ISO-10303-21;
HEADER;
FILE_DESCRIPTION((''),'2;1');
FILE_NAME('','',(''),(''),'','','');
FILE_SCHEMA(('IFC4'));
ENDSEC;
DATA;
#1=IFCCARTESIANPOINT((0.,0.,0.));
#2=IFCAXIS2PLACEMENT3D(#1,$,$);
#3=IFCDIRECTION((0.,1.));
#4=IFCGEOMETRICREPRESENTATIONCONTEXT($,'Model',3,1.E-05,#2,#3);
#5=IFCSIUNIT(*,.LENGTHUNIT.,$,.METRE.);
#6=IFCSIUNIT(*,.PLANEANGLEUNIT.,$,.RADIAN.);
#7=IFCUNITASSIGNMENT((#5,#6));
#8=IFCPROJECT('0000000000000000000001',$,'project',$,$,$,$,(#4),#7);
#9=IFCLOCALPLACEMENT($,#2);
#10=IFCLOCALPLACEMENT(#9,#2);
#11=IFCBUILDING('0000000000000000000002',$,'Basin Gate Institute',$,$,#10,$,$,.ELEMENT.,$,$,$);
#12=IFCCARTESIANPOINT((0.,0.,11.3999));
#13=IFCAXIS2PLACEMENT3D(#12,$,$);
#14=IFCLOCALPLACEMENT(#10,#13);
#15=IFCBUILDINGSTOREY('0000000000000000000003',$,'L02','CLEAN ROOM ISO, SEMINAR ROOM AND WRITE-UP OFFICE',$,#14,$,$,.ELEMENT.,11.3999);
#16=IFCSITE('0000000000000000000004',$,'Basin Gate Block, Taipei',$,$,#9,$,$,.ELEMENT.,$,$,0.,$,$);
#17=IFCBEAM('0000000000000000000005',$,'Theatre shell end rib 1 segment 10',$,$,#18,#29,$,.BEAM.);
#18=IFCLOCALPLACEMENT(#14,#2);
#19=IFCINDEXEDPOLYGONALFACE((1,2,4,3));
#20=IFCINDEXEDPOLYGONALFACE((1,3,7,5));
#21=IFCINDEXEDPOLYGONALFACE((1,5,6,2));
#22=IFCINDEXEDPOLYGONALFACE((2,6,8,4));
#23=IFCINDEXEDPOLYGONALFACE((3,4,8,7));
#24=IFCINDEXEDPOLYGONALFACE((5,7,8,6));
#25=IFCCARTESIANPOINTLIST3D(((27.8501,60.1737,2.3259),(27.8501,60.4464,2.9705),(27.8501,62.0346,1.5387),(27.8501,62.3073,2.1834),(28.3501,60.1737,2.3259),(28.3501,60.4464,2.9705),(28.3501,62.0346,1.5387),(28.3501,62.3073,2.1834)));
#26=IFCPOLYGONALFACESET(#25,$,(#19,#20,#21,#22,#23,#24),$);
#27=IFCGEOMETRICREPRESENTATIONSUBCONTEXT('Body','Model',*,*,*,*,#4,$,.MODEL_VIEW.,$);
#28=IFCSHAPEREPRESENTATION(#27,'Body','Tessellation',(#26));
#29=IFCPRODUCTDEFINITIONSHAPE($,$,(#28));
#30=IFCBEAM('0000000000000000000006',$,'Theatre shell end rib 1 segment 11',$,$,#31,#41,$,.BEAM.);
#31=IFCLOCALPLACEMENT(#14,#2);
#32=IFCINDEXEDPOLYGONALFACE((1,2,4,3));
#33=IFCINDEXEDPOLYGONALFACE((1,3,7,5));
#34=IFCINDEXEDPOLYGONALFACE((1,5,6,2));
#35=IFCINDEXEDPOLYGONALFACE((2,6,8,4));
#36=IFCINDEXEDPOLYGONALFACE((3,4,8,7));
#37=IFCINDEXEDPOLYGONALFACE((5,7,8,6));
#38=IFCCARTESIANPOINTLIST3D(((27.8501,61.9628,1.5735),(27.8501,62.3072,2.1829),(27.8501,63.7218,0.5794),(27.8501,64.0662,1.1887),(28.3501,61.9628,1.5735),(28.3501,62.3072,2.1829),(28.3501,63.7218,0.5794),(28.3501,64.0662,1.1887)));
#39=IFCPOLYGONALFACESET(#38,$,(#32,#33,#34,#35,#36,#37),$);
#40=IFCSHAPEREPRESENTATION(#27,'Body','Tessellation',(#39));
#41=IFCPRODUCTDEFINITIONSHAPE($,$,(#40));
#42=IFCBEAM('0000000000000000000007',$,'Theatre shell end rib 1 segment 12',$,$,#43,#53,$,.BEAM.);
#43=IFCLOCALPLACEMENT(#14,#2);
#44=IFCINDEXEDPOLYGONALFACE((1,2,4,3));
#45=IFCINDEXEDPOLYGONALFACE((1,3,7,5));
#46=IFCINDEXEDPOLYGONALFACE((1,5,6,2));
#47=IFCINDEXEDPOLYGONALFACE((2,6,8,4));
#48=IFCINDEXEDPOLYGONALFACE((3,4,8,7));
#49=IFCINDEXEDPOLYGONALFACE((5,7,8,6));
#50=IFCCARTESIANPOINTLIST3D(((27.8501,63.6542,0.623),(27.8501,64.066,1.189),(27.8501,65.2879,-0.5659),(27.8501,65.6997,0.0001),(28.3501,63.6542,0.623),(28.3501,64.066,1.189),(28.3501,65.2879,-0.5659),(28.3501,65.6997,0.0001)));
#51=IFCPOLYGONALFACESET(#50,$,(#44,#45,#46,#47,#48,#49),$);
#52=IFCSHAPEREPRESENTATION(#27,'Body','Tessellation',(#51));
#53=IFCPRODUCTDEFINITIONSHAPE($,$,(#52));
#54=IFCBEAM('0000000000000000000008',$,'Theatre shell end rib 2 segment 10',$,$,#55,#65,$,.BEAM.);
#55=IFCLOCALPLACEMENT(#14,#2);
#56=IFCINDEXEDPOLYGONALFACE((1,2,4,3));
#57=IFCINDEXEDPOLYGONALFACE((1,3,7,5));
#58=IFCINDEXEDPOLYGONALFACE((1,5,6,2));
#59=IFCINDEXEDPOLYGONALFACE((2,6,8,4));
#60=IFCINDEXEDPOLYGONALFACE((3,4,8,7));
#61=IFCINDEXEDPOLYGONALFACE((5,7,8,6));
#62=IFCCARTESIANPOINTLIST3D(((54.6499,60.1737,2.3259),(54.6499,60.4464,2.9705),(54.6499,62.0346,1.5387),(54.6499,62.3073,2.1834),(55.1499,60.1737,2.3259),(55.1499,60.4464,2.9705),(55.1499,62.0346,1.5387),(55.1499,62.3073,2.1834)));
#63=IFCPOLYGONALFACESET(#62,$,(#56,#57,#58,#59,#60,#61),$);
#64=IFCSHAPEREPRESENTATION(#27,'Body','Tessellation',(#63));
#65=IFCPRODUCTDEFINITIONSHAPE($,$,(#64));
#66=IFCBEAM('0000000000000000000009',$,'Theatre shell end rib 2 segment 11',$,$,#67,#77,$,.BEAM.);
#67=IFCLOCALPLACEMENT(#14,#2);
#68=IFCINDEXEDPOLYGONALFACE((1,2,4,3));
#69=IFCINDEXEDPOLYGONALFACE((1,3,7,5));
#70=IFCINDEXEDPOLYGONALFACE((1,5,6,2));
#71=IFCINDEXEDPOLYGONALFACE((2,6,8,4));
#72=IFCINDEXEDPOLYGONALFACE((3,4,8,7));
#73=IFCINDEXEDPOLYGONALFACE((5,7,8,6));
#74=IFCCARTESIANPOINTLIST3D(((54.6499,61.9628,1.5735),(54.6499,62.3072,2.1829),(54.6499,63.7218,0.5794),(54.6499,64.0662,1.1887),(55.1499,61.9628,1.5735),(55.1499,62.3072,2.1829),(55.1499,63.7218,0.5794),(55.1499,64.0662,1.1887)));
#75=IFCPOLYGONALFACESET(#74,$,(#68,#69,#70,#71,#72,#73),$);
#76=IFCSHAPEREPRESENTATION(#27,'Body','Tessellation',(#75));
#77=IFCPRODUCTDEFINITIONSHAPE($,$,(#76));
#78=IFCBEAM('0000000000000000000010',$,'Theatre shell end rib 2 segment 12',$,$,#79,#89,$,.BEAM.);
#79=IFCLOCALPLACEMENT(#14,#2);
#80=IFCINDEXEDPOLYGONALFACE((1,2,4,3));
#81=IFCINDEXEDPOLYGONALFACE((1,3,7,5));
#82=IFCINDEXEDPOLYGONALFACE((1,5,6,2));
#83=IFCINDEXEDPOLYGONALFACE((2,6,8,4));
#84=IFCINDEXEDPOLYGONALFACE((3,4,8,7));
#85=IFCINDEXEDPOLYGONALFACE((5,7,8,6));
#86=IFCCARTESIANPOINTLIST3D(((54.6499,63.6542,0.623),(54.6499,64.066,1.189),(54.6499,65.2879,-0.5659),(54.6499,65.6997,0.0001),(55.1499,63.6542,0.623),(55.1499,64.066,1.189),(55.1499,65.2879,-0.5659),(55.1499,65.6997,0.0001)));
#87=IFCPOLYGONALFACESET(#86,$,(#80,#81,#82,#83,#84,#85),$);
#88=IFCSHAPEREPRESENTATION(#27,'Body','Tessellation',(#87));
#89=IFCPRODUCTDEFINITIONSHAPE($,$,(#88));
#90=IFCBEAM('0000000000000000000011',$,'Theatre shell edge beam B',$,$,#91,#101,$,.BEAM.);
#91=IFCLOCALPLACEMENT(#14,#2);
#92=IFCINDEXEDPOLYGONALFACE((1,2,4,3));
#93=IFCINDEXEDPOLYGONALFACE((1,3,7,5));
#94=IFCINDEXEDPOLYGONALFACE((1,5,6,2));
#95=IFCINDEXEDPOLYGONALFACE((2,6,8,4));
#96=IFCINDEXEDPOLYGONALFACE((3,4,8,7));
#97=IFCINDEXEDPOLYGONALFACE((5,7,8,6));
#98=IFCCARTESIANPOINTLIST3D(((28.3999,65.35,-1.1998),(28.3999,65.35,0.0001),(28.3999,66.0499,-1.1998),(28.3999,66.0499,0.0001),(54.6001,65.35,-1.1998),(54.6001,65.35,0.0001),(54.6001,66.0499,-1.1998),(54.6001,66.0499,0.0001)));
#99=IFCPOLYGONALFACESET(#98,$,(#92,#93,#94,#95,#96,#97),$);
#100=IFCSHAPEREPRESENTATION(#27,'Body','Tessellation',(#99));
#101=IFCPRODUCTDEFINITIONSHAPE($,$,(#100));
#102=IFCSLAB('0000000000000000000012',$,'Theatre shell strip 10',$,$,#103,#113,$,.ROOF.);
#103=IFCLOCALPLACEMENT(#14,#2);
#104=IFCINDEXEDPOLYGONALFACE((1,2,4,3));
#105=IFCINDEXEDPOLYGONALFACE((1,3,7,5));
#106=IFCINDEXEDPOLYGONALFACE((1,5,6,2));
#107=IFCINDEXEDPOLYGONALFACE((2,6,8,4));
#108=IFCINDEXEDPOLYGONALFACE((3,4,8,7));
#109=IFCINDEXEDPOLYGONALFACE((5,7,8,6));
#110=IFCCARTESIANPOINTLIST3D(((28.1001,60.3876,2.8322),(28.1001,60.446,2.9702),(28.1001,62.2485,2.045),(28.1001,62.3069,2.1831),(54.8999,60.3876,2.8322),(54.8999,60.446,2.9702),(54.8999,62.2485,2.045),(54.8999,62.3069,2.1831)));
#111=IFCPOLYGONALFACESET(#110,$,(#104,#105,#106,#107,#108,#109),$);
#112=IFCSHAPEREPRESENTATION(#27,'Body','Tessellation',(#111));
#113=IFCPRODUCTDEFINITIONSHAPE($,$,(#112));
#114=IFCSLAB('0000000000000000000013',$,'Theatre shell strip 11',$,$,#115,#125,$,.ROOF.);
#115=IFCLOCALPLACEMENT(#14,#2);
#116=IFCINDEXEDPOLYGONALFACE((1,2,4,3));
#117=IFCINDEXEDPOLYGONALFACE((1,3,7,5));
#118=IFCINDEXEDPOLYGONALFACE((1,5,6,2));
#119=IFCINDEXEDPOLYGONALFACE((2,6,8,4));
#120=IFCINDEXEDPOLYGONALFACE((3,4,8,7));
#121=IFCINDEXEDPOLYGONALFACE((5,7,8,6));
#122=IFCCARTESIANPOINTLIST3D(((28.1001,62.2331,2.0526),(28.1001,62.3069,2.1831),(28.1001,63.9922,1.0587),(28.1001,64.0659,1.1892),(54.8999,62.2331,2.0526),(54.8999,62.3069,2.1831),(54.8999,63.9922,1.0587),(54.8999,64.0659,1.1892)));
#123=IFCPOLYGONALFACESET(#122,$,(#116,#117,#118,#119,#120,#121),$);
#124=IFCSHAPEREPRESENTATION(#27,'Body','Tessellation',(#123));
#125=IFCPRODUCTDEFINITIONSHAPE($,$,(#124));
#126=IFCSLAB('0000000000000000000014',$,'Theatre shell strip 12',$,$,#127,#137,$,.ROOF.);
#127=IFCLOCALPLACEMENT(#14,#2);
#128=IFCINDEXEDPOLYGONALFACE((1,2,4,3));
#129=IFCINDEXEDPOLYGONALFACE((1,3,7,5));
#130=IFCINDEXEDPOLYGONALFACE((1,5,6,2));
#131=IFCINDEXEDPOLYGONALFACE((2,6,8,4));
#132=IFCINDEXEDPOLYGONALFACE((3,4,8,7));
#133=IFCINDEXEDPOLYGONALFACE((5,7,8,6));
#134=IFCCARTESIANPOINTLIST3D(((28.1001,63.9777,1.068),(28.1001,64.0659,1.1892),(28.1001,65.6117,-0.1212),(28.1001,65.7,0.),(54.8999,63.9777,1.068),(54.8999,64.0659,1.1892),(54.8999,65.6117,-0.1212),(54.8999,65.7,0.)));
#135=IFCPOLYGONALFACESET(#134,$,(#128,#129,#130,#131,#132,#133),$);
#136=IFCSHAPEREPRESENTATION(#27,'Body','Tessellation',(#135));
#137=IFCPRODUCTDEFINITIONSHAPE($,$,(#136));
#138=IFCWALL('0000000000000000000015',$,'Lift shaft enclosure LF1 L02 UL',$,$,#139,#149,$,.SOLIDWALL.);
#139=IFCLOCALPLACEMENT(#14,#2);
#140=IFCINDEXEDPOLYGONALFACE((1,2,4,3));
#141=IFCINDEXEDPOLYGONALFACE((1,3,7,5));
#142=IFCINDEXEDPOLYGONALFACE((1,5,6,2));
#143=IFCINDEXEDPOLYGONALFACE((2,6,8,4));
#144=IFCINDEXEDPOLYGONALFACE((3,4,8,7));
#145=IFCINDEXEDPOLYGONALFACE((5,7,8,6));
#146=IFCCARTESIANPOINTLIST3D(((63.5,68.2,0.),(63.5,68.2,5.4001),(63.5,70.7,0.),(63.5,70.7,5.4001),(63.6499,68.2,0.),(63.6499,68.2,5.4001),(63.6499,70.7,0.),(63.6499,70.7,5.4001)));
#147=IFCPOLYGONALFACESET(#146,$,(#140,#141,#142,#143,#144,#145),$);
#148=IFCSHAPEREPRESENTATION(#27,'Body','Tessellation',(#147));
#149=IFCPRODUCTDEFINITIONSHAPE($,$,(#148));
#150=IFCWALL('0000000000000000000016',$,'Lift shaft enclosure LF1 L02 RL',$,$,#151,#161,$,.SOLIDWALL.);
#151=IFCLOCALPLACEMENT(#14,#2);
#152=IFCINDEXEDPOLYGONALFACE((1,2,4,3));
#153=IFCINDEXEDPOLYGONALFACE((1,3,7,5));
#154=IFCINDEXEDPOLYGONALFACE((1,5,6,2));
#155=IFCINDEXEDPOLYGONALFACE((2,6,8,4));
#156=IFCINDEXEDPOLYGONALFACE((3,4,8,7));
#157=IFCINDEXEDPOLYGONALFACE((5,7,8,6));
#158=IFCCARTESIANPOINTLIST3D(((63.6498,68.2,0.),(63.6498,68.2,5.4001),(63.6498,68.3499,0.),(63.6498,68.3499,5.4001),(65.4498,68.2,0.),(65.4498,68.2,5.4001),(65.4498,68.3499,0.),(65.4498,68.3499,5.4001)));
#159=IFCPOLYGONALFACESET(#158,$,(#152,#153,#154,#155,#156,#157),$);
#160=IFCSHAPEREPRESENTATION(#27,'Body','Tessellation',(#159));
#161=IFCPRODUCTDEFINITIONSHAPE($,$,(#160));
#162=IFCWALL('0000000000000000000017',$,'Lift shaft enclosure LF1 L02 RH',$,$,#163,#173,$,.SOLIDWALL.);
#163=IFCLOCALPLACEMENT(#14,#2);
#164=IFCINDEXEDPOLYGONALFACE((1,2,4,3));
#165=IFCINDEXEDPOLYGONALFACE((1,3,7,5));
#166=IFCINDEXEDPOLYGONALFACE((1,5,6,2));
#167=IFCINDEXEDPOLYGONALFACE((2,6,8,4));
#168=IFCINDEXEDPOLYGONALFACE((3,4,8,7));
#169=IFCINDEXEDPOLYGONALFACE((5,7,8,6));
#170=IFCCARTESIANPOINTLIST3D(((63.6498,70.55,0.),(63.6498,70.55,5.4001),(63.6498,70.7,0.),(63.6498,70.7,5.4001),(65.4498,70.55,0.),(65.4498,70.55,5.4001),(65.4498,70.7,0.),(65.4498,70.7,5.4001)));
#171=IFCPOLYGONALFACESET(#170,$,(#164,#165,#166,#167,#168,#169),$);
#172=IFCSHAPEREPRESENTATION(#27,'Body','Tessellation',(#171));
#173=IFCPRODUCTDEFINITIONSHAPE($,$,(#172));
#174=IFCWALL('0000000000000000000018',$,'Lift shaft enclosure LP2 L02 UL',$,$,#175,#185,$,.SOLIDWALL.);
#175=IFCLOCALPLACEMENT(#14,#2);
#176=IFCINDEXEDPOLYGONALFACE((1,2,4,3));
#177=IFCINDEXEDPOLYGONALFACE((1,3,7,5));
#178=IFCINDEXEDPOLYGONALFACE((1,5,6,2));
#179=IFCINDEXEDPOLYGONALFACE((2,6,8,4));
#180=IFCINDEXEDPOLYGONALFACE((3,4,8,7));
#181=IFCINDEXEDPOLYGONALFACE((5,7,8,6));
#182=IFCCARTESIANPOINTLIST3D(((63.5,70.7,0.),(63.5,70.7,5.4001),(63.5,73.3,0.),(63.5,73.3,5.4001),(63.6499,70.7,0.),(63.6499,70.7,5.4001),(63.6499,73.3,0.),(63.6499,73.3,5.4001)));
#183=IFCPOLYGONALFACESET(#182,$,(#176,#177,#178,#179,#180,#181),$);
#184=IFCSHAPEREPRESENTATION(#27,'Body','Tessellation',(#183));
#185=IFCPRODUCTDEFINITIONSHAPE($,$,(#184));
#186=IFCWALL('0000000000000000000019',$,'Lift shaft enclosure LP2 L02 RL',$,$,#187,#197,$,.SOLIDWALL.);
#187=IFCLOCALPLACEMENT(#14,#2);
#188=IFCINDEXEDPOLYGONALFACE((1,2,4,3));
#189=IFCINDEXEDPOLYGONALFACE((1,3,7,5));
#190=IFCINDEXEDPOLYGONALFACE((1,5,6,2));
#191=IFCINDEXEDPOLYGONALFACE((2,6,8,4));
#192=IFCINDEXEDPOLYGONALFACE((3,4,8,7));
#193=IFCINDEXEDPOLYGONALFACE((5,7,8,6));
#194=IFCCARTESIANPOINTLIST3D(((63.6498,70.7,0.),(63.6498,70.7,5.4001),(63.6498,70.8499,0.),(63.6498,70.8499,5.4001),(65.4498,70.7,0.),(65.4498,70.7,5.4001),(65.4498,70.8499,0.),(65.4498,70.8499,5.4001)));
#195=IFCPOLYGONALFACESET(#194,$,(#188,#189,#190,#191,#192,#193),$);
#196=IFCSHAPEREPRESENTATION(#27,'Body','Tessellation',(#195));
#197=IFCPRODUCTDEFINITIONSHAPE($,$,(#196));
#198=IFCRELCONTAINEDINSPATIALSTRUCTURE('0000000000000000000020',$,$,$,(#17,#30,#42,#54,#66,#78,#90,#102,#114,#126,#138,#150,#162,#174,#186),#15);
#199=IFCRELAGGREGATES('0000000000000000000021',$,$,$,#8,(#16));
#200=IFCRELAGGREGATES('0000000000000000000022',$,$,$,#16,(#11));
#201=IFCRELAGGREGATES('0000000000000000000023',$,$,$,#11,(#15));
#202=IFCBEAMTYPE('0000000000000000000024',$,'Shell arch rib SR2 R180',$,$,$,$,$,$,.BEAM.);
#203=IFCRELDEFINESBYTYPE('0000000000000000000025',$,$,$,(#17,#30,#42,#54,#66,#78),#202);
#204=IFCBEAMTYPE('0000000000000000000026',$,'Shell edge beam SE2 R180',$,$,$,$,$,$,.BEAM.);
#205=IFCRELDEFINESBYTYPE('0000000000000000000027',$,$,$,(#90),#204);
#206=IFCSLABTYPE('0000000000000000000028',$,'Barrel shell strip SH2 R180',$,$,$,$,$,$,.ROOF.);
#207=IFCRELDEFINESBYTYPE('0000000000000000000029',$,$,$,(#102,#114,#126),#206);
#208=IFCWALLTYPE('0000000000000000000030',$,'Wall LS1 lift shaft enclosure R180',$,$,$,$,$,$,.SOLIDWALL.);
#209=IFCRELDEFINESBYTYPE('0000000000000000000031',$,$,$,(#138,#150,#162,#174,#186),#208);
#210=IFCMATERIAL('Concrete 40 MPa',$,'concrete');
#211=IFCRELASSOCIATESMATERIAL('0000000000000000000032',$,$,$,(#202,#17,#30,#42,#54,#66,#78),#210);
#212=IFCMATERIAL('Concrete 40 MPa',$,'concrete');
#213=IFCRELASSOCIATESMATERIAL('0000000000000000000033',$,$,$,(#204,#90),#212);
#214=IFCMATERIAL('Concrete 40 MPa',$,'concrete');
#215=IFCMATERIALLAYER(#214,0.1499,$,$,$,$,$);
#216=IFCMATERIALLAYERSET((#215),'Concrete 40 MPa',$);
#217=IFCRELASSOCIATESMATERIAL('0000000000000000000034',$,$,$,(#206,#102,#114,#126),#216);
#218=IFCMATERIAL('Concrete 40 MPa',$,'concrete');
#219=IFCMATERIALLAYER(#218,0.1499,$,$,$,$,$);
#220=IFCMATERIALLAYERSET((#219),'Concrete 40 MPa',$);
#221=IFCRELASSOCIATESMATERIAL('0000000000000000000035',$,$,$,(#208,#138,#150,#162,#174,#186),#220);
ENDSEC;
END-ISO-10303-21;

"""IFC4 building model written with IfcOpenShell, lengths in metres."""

from ifc_helpers import new_model, si_unit, direction, frame, frame_2d, origin, origin_2d, place, context, subcontext, project, spatial, polyline, rectangle, outline, extrude, material, layer, layer_set, material_profile, profile_set, type_object, element, save


model = new_model("IFC4")

# Units and contexts
model_context = context("Model", 3, precision=1e-05, world=origin(), true_north=direction((0.0, 1.0)))
body_context = subcontext(model_context, "Body", "Model", "MODEL_VIEW")
ifc_project = project(units=[si_unit("LENGTHUNIT", "METRE"), si_unit("PLANEANGLEUNIT", "RADIAN")], contexts=[model_context])

# Site, building, storey
site_placement = place(None, origin())
site = spatial("IfcSite", under=ifc_project, at=site_placement, Name="Basin Gate Block, Taipei", CompositionType="ELEMENT", RefElevation=0.0)
building_placement = place(site_placement, origin())
building = spatial("IfcBuilding", under=site, at=building_placement, Name="Basin Gate Institute", CompositionType="ELEMENT")
storey_placement = place(building_placement, frame((0.0, 0.0, 11.3999)))
storey = spatial("IfcBuildingStorey", under=building, at=storey_placement, Name="L02", Description="CLEAN ROOM ISO, SEMINAR ROOM AND WRITE-UP OFFICE", CompositionType="ELEMENT", Elevation=11.3999)

# Beams
ifc_material_1 = material(Name="Concrete 40 MPa", Category="concrete")
ifc_material_profile_1 = material_profile(ifc_material_1, rectangle(XDim=0.5, YDim=0.7, at=origin_2d()), Name="Shell arch rib SR2 500 x 700")
ifc_profile_set_1 = profile_set([ifc_material_profile_1], Name="Concrete 40 MPa")
beam_type_1 = type_object("IfcBeamType", Name="Shell arch rib SR2 R180", PredefinedType="BEAM", material=ifc_profile_set_1)
for number, where, z_axis, x_axis, name in (
    (1, (28.1001, 60.3101, 2.6482), (0.0, 0.920997, -0.389569), (-1.0, 0.0, 0.0), "Theatre shell end rib 1 segment 10"),
    (2, (28.1001, 62.135, 1.8782), (0.0, 0.870583, -0.492021), (-1.0, 0.0, 0.0), "Theatre shell end rib 1 segment 11"),
    (3, (28.1001, 63.8601, 0.906), (0.0, 0.808558, -0.588416), (-1.0, 0.0, 0.0), "Theatre shell end rib 1 segment 12"),
    (4, (54.8999, 60.3101, 2.6482), (0.0, 0.920997, -0.389569), (-1.0, 0.0, 0.0), "Theatre shell end rib 2 segment 10"),
    (5, (54.8999, 62.135, 1.8782), (0.0, 0.870583, -0.492021), (-1.0, 0.0, 0.0), "Theatre shell end rib 2 segment 11"),
    (6, (54.8999, 63.8601, 0.906), (0.0, 0.808558, -0.588416), (-1.0, 0.0, 0.0), "Theatre shell end rib 2 segment 12"),
):
    element("IfcBeam", number, at=place(storey_placement, frame(where, z_axis=z_axis, x_axis=x_axis)), inside=storey, type_object=beam_type_1, material=ifc_profile_set_1, Name=name, PredefinedType="BEAM", context=body_context, shape_type="SweptSolid", body=[
        extrude(rectangle(XDim=0.5, YDim=0.7, at=origin_2d()), origin(), (0.0, 0.0, 1.0), 2.0205),
    ])
ifc_material_2 = material(Name="Concrete 40 MPa", Category="concrete")
ifc_material_profile_2 = material_profile(ifc_material_2, rectangle(XDim=0.7, YDim=1.2, at=origin_2d()), Name="Shell edge beam SE2 700 x 1200")
ifc_profile_set_2 = profile_set([ifc_material_profile_2], Name="Concrete 40 MPa")
beam_type_2 = type_object("IfcBeamType", Name="Shell edge beam SE2 R180", PredefinedType="BEAM", material=ifc_profile_set_2)
beam_placement = place(storey_placement, frame((28.3999, 65.7, -0.5999), z_axis=(1.0, 0.0, 0.0), x_axis=(0.0, 1.0, 0.0)))
element("IfcBeam", 7, at=beam_placement, inside=storey, type_object=beam_type_2, material=ifc_profile_set_2, Name="Theatre shell edge beam B", PredefinedType="BEAM", context=body_context, shape_type="SweptSolid", body=[
    extrude(rectangle(XDim=0.7, YDim=1.2, at=origin_2d()), origin(), (0.0, 0.0, 1.0), 26.2002),
])

# Slabs
ifc_material_3 = material(Name="Concrete 40 MPa", Category="concrete")
ifc_layer_1 = layer(ifc_material_3, 0.1499)
ifc_layer_set_1 = layer_set([ifc_layer_1], Name="Concrete 40 MPa")
slab_type = type_object("IfcSlabType", Name="Barrel shell strip SH2 R180", PredefinedType="ROOF", material=ifc_layer_set_1)
slab_1_placement = place(storey_placement, frame((28.1001, 60.446, 2.9702), z_axis=(0.0, 0.389569, 0.920997), x_axis=(0.0, 0.920997, -0.389569)))
element("IfcSlab", 8, at=slab_1_placement, inside=storey, type_object=slab_type, material=ifc_layer_set_1, Name="Theatre shell strip 10", PredefinedType="ROOF", context=body_context, shape_type="SweptSolid", body=[
    extrude(outline(polyline([(0.0, 0.0), (2.0205, 0.0), (2.0205, -26.7998), (0.0, -26.7998), (0.0, 0.0)])), origin(), (0.0, 0.0, -1.0), 0.1499),
])
slab_2_placement = place(storey_placement, frame((28.1001, 62.3069, 2.1831), z_axis=(0.0, 0.49193, 0.870635), x_axis=(0.0, 0.870635, -0.49193)))
element("IfcSlab", 9, at=slab_2_placement, inside=storey, type_object=slab_type, material=ifc_layer_set_1, Name="Theatre shell strip 11", PredefinedType="ROOF", context=body_context, shape_type="SweptSolid", body=[
    extrude(outline(polyline([(0.0, 0.0), (2.0204, 0.0), (2.0204, -26.7998), (0.0, -26.7998), (0.0, 0.0)])), origin(), (0.0, 0.0, -1.0), 0.1499),
])
slab_3_placement = place(storey_placement, frame((28.1001, 64.0659, 1.1892), z_axis=(0.0, 0.588437, 0.808543), x_axis=(0.0, 0.808543, -0.588437)))
element("IfcSlab", 10, at=slab_3_placement, inside=storey, type_object=slab_type, material=ifc_layer_set_1, Name="Theatre shell strip 12", PredefinedType="ROOF", context=body_context, shape_type="SweptSolid", body=[
    extrude(outline(polyline([(0.0, 0.0), (2.021, 0.0), (2.021, -26.7998), (0.0, -26.7998), (0.0, 0.0)])), origin(), (0.0, 0.0, -1.0), 0.1499),
])

# Walls
ifc_material_4 = material(Name="Concrete 40 MPa", Category="concrete")
ifc_layer_2 = layer(ifc_material_4, 0.1499)
ifc_layer_set_2 = layer_set([ifc_layer_2], Name="Concrete 40 MPa")
wall_type_1 = type_object("IfcWallType", Name="Wall LS1 lift shaft enclosure R180", PredefinedType="SOLIDWALL", material=ifc_layer_set_2)
wall_1_placement = place(storey_placement, frame((63.575, 68.2, 0.0), z_axis=(0.0, 0.0, 1.0), x_axis=(0.0, 1.0, 0.0)))
element("IfcWall", 11, at=wall_1_placement, inside=storey, type_object=wall_type_1, material=ifc_layer_set_2, Name="Lift shaft enclosure LF1 L02 UL", PredefinedType="SOLIDWALL", context=body_context, shape_type="SweptSolid", body=[
    extrude(rectangle(XDim=2.5, YDim=0.1499, at=frame_2d((1.25, 0.0))), origin(), (0.0, 0.0, 1.0), 5.4001),
])
for number, where, z_axis, x_axis, name in (
    (12, (63.6499, 68.2749, 0.0), (0.0, 0.0, 1.0), (1.0, 0.0, 0.0), "Lift shaft enclosure LF1 L02 RL"),
    (13, (63.6499, 70.625, 0.0), (0.0, 0.0, 1.0), (1.0, 0.0, 0.0), "Lift shaft enclosure LF1 L02 RH"),
):
    element("IfcWall", number, at=place(storey_placement, frame(where, z_axis=z_axis, x_axis=x_axis)), inside=storey, type_object=wall_type_1, material=ifc_layer_set_2, Name=name, PredefinedType="SOLIDWALL", context=body_context, shape_type="SweptSolid", body=[
        extrude(rectangle(XDim=1.8, YDim=0.1499, at=frame_2d((0.8999, 0.0))), origin(), (0.0, 0.0, 1.0), 5.4001),
    ])
wall_2_placement = place(storey_placement, frame((63.575, 70.7, 0.0), z_axis=(0.0, 0.0, 1.0), x_axis=(0.0, 1.0, 0.0)))
element("IfcWall", 14, at=wall_2_placement, inside=storey, type_object=wall_type_1, material=ifc_layer_set_2, Name="Lift shaft enclosure LP2 L02 UL", PredefinedType="SOLIDWALL", context=body_context, shape_type="SweptSolid", body=[
    extrude(rectangle(XDim=2.6001, YDim=0.1499, at=frame_2d((1.3, 0.0))), origin(), (0.0, 0.0, 1.0), 5.4001),
])
wall_3_placement = place(storey_placement, frame((63.6499, 70.7749, 0.0), z_axis=(0.0, 0.0, 1.0), x_axis=(1.0, 0.0, 0.0)))
element("IfcWall", 15, at=wall_3_placement, inside=storey, type_object=wall_type_1, material=ifc_layer_set_2, Name="Lift shaft enclosure LP2 L02 RL", PredefinedType="SOLIDWALL", context=body_context, shape_type="SweptSolid", body=[
    extrude(rectangle(XDim=1.8, YDim=0.1499, at=frame_2d((0.8999, 0.0))), origin(), (0.0, 0.0, 1.0), 5.4001),
])

save(model, "model.ifc")
